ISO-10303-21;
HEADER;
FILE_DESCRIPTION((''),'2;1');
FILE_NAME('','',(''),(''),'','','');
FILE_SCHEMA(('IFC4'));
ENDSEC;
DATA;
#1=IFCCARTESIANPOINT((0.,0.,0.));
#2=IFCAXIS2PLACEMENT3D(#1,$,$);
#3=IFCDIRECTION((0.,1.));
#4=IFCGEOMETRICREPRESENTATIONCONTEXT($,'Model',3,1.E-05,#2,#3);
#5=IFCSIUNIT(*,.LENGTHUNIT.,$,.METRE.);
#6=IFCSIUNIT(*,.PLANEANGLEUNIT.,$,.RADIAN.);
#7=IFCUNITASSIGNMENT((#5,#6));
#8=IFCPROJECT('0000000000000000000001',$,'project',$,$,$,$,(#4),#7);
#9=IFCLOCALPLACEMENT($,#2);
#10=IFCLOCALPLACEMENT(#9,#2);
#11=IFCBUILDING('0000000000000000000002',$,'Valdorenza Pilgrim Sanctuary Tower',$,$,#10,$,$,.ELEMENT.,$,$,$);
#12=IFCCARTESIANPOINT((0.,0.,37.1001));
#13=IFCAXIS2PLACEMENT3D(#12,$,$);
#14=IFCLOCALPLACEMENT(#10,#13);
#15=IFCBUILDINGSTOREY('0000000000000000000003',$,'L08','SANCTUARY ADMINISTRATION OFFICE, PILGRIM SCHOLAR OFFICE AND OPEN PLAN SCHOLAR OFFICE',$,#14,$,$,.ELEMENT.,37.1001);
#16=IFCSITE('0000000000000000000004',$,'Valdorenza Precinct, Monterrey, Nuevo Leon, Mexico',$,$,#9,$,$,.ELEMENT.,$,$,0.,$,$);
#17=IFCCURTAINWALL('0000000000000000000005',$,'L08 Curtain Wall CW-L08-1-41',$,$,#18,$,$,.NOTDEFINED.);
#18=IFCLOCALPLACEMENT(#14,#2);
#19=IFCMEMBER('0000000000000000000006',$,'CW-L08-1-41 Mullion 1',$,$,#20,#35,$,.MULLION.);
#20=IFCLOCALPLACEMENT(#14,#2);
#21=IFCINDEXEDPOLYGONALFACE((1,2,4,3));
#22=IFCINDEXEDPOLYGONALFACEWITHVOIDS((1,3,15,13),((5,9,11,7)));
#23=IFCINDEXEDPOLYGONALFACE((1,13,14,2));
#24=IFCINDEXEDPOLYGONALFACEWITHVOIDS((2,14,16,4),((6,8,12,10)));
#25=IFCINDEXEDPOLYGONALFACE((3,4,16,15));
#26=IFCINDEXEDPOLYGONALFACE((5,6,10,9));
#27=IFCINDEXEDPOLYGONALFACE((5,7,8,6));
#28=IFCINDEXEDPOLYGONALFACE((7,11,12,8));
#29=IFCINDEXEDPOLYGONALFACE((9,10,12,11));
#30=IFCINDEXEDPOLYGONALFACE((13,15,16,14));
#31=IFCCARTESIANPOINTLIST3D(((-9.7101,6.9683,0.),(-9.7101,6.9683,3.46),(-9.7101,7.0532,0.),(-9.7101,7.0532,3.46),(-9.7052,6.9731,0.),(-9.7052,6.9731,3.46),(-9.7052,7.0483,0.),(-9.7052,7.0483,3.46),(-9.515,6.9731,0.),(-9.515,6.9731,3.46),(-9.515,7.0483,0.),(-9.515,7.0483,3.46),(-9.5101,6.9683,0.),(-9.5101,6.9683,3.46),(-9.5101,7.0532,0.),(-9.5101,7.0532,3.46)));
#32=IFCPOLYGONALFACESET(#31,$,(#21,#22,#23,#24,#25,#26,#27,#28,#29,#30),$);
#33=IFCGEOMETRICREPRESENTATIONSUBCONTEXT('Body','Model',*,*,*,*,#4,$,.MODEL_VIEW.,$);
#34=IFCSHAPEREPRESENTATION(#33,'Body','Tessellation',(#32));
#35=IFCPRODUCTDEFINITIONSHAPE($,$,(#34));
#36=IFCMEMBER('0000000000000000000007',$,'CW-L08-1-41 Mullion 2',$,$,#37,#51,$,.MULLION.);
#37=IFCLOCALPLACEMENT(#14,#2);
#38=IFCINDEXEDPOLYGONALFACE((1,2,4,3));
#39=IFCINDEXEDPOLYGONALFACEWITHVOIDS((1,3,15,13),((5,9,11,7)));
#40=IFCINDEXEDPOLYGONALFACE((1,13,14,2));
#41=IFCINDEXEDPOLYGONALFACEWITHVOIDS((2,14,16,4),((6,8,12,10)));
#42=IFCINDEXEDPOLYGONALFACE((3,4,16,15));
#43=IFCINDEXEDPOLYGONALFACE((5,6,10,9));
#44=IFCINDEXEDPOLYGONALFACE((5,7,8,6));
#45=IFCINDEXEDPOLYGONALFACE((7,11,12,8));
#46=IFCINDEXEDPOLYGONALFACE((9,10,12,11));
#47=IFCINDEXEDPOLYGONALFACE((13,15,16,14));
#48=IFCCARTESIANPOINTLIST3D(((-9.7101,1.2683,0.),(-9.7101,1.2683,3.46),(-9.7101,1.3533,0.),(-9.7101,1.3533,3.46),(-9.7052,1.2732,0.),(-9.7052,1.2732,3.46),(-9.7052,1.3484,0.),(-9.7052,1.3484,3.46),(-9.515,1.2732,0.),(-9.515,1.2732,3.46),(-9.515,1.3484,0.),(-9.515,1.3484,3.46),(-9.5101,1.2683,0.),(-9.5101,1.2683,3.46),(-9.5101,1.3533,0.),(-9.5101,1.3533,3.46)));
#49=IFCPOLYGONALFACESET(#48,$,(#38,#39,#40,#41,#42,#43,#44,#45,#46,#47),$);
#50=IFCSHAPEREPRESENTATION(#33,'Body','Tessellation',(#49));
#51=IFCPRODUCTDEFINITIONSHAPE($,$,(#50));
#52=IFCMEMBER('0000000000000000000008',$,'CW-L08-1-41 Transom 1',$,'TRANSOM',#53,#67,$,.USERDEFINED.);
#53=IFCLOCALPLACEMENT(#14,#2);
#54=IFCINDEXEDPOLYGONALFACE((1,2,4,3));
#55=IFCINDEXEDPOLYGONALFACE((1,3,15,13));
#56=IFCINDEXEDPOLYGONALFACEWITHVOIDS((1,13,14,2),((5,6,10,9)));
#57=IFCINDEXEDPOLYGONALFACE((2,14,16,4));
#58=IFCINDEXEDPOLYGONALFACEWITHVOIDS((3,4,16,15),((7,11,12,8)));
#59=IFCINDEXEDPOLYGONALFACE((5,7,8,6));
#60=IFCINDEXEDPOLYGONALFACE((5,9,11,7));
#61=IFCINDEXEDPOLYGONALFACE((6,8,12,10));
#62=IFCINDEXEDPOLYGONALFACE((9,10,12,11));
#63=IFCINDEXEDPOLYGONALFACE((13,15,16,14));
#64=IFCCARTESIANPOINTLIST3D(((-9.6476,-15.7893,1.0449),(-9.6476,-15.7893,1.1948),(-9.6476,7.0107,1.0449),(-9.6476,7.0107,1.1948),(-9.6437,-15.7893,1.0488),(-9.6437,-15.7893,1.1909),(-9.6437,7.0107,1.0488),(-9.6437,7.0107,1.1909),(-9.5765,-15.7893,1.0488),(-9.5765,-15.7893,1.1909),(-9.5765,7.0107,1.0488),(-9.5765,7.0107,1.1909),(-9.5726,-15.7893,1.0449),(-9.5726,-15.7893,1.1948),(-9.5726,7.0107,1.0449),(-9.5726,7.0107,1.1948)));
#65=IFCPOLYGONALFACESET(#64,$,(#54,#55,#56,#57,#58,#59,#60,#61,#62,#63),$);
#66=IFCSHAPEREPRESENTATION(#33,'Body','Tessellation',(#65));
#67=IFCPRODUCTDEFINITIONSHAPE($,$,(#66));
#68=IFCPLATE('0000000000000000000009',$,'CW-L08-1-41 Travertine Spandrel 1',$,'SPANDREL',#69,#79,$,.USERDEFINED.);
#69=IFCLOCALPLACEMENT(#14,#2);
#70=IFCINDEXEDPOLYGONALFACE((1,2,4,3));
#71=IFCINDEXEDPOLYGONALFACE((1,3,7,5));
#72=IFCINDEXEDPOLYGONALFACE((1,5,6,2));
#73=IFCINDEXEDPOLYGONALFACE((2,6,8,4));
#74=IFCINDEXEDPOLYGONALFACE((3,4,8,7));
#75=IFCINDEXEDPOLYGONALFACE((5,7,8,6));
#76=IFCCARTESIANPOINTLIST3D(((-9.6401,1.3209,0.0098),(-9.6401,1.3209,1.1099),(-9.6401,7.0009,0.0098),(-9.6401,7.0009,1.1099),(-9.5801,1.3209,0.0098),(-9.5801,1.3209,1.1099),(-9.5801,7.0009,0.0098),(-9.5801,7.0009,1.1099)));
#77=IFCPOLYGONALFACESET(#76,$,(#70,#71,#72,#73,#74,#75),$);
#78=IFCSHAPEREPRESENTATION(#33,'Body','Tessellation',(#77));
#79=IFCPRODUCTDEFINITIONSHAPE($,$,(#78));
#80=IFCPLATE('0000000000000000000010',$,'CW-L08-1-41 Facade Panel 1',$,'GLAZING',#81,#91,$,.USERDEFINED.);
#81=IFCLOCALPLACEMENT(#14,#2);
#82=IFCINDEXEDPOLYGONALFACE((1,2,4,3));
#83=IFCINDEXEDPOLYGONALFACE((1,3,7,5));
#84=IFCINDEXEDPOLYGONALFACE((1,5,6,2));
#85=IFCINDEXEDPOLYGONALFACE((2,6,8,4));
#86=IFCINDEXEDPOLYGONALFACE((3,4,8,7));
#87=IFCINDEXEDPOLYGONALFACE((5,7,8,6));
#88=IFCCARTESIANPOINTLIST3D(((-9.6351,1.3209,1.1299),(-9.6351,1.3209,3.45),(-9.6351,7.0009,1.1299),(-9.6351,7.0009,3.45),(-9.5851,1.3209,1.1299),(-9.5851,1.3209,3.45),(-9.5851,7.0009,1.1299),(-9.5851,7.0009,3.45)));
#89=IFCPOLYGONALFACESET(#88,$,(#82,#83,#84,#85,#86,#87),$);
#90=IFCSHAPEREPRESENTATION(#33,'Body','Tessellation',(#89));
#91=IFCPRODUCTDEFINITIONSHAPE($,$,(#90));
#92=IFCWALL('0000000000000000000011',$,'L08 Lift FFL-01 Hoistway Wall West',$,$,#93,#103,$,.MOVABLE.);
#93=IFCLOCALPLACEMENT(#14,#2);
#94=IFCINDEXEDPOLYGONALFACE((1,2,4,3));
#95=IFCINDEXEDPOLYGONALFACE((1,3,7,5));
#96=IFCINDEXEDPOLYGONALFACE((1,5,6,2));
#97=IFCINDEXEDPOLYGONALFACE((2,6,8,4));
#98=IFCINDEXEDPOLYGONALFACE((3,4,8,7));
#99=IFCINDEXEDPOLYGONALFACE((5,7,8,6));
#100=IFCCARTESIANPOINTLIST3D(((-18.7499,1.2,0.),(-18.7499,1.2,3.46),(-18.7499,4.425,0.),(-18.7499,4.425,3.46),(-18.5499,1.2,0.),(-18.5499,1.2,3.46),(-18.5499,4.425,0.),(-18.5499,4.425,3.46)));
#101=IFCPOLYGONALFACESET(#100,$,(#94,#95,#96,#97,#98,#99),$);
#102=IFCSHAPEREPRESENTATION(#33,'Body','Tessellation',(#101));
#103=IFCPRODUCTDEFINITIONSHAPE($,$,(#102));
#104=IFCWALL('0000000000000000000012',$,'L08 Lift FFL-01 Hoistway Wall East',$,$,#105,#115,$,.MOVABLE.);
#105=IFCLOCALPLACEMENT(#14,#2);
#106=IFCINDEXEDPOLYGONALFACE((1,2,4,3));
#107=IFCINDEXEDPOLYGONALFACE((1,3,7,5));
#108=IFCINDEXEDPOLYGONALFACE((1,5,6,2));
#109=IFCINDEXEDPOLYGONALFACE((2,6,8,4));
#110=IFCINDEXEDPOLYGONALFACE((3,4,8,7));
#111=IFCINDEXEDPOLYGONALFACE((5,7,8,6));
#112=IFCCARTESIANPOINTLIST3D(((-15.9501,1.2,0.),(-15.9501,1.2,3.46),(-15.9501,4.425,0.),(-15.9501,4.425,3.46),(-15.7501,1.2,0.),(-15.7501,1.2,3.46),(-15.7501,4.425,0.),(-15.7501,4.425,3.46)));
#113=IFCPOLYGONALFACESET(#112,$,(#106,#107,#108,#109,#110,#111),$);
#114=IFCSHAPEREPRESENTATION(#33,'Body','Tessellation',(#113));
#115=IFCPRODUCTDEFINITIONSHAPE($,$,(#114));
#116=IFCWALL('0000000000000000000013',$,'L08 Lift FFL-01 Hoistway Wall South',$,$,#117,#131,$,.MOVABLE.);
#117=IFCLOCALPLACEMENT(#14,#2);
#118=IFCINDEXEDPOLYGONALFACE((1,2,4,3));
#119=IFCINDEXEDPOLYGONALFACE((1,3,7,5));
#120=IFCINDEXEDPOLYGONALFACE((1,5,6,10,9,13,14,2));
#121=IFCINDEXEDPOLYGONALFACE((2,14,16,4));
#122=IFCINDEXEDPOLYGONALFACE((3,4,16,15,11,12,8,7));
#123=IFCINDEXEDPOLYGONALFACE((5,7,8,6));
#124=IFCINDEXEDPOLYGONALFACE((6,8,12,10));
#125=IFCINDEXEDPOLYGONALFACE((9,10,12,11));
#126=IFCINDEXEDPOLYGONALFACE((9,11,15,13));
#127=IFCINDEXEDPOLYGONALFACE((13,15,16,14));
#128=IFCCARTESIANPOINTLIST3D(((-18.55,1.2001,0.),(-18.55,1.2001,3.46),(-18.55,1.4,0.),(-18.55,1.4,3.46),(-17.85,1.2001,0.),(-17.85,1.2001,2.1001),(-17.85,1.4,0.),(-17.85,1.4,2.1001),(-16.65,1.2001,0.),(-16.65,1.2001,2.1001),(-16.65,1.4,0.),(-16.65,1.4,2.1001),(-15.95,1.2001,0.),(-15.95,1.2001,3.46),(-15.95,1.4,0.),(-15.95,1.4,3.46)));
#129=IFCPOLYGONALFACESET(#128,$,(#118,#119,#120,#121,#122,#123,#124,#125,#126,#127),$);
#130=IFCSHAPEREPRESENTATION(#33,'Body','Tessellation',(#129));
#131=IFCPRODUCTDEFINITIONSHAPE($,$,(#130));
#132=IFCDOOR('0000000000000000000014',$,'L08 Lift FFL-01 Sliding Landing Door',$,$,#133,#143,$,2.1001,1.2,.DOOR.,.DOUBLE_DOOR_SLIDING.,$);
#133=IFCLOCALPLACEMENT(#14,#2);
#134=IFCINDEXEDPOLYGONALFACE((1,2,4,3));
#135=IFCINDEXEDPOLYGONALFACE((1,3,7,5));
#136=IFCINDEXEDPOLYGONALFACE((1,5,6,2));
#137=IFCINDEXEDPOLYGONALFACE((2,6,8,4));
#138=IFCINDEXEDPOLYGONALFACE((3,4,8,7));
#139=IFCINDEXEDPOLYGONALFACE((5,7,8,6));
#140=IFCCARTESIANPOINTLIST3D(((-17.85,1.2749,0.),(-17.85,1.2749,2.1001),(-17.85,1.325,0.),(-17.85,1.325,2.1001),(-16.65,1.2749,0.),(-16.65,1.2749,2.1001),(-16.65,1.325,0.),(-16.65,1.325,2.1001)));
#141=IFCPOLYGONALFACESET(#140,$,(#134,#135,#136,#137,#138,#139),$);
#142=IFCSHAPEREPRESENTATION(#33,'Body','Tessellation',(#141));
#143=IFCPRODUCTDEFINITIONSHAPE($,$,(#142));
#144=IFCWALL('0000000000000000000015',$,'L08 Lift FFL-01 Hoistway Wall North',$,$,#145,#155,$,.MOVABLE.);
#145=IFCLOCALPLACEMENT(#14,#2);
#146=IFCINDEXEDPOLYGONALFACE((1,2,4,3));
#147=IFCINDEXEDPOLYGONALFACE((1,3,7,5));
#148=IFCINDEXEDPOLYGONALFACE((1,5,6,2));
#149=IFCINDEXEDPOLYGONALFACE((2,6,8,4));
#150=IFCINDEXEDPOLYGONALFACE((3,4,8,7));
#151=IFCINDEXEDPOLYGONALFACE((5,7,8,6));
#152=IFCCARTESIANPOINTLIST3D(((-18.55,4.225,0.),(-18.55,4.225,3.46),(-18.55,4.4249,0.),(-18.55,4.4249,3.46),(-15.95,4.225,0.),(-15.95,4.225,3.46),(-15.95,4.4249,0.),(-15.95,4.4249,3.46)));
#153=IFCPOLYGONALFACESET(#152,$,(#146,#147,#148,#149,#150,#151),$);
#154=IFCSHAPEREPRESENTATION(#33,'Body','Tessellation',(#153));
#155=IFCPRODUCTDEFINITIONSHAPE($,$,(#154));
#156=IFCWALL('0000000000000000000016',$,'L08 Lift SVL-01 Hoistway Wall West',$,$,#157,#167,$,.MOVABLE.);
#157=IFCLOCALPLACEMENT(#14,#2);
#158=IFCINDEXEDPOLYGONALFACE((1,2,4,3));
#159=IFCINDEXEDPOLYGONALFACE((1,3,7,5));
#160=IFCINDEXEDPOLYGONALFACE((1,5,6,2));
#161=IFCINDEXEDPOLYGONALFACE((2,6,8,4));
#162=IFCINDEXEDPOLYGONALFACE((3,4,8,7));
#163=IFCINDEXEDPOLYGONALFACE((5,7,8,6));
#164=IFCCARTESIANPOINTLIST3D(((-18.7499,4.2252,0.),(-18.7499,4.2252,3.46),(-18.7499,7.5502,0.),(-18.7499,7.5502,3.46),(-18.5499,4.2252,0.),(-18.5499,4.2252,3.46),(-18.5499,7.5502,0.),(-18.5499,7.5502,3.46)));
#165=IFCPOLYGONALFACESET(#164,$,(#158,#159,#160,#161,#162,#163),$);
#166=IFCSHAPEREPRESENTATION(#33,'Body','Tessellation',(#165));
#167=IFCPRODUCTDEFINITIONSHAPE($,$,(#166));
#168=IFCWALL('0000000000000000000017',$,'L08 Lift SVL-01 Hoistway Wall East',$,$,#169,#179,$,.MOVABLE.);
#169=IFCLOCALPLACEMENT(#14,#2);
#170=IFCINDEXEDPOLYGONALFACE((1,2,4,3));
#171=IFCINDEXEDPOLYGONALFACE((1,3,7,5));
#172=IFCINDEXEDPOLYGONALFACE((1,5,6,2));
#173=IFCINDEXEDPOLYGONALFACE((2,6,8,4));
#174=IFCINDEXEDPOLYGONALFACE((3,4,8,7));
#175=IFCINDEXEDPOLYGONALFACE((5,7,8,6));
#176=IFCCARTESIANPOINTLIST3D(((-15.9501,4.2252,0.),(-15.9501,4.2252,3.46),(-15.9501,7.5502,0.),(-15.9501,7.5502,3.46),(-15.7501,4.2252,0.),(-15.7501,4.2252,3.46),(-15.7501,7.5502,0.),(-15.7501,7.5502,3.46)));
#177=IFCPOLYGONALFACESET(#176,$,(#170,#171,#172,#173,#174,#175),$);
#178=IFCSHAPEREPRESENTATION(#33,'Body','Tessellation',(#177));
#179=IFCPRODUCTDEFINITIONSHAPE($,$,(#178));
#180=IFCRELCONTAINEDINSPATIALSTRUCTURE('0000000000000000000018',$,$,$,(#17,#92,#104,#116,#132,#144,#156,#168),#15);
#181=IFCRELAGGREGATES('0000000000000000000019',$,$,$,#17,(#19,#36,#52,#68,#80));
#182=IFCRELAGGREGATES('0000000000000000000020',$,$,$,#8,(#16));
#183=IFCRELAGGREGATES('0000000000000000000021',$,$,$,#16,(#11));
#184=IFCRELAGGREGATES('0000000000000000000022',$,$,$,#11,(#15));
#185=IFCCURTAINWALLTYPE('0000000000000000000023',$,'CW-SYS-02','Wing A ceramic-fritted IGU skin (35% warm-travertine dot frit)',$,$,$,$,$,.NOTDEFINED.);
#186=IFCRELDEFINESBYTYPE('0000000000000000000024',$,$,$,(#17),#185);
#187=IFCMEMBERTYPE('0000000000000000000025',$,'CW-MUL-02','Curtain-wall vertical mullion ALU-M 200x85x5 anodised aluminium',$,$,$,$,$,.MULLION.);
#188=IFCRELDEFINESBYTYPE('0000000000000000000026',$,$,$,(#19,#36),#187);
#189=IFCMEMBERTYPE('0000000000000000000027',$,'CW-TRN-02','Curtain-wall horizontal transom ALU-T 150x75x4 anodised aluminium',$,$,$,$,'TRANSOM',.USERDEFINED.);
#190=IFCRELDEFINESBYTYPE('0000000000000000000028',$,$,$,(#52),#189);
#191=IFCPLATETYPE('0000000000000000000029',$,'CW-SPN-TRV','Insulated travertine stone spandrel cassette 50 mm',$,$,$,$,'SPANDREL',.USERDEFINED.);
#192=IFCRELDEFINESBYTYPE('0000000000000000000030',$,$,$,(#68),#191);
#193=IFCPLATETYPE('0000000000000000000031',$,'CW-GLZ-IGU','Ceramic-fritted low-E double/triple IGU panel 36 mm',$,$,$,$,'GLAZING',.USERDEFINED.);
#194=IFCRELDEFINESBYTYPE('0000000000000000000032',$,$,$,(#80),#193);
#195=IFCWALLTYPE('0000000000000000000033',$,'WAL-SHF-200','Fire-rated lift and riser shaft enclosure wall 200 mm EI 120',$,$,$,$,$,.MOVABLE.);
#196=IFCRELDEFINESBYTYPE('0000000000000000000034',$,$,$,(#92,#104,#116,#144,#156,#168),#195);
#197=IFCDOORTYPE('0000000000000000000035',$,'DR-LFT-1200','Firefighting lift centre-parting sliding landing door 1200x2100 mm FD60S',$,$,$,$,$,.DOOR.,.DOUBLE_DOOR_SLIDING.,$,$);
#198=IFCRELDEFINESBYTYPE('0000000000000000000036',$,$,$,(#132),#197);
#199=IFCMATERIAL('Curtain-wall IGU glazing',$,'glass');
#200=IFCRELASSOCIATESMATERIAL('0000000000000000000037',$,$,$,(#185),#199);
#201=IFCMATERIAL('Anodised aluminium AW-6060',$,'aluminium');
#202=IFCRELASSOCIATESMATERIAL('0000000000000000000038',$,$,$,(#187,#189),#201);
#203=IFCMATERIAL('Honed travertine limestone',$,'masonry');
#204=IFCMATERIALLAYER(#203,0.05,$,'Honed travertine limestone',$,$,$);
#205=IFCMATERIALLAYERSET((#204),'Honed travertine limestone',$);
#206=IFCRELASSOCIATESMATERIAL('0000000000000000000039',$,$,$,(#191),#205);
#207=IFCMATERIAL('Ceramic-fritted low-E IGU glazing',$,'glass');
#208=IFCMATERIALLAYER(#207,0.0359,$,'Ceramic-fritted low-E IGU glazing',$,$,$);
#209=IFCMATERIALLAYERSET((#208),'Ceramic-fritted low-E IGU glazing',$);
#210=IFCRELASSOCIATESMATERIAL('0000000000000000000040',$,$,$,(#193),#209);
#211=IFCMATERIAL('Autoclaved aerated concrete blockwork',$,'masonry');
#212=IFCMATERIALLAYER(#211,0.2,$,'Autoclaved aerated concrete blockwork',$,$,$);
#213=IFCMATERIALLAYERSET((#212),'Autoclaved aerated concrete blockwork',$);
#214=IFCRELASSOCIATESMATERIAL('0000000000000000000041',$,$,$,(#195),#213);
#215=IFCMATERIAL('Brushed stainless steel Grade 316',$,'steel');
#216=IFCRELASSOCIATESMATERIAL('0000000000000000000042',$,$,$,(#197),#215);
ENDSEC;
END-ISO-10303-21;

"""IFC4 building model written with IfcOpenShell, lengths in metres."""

from ifc_helpers import new_model, si_unit, direction, frame, frame_2d, origin, origin_2d, place, context, subcontext, project, spatial, rectangle, hollow_rectangle, extrude, source, transform, mapped, material, layer, layer_set, material_profile, profile_set, type_object, element, fill, aggregate, save


model = new_model("IFC4")

# Units and contexts
model_context = context("Model", 3, precision=1e-05, world=origin(), true_north=direction((0.0, 1.0)))
body_context = subcontext(model_context, "Body", "Model", "MODEL_VIEW")
ifc_project = project(units=[si_unit("LENGTHUNIT", "METRE"), si_unit("PLANEANGLEUNIT", "RADIAN")], contexts=[model_context])

# Site, building, storey
site_placement = place(None, origin())
site = spatial("IfcSite", under=ifc_project, at=site_placement, Name="Valdorenza Precinct, Monterrey, Nuevo Leon, Mexico", CompositionType="ELEMENT", RefElevation=0.0)
building_placement = place(site_placement, origin())
building = spatial("IfcBuilding", under=site, at=building_placement, Name="Valdorenza Pilgrim Sanctuary Tower", CompositionType="ELEMENT")
storey_placement = place(building_placement, frame((0.0, 0.0, 37.1001)))
storey = spatial("IfcBuildingStorey", under=building, at=storey_placement, Name="L08", Description="SANCTUARY ADMINISTRATION OFFICE, PILGRIM SCHOLAR OFFICE AND OPEN PLAN SCHOLAR OFFICE", CompositionType="ELEMENT", Elevation=37.1001)

# Curtain wall, members, plates
ifc_material_1 = material(Name="Curtain-wall IGU glazing", Category="glass")
curtain_wall_type = type_object("IfcCurtainWallType", Name="CW-SYS-02", Description="Wing A ceramic-fritted IGU skin (35% warm-travertine dot frit)", PredefinedType="NOTDEFINED", material=ifc_material_1)
curtain_wall_placement = place(storey_placement, origin())
curtain_wall = element("IfcCurtainWall", 1, at=curtain_wall_placement, inside=storey, type_object=curtain_wall_type, Name="L08 Curtain Wall CW-L08-1-41", PredefinedType="NOTDEFINED")
ifc_material_2 = material(Name="Anodised aluminium AW-6060", Category="aluminium")
ifc_material_profile_1 = material_profile(ifc_material_2, hollow_rectangle(XDim=0.085, YDim=0.2, WallThickness=0.0049, at=origin_2d()), Name="ALU-M 200x85x5")
ifc_profile_set_1 = profile_set([ifc_material_profile_1], Name="Anodised aluminium AW-6060")
member_type_1 = type_object("IfcMemberType", Name="CW-MUL-02", Description="Curtain-wall vertical mullion ALU-M 200x85x5 anodised aluminium", PredefinedType="MULLION", material=ifc_profile_set_1)
shared_shape_1 = source(origin(), body_context, "Body", "SweptSolid", [
    extrude(hollow_rectangle(XDim=0.085, YDim=0.2, WallThickness=0.0049, at=origin_2d()), origin(), (0.0, 0.0, 1.0), 3.46),
])
member_1_placement = place(storey_placement, frame((-9.6101, 7.0107, 0.0), z_axis=(0.0, 0.0, 1.0), x_axis=(0.0, -1.0, 0.0)))
member_1 = element("IfcMember", 2, at=member_1_placement, type_object=member_type_1, Name="CW-L08-1-41 Mullion 1", PredefinedType="MULLION", context=body_context, shape_type="MappedRepresentation", body=[
    mapped(shared_shape_1, transform((0.0, 0.0, 0.0), x_axis=(1.0, 0.0, 0.0), y_axis=(0.0, 1.0, 0.0), z_axis=(0.0, 0.0, 1.0), scale=1.0)),
])
member_2_placement = place(storey_placement, frame((-9.6101, 1.3108, 0.0), z_axis=(0.0, 0.0, 1.0), x_axis=(0.0, -1.0, 0.0)))
member_2 = element("IfcMember", 3, at=member_2_placement, type_object=member_type_1, Name="CW-L08-1-41 Mullion 2", PredefinedType="MULLION", context=body_context, shape_type="MappedRepresentation", body=[
    mapped(shared_shape_1, transform((0.0, 0.0, 0.0), x_axis=(1.0, 0.0, 0.0), y_axis=(0.0, 1.0, 0.0), z_axis=(0.0, 0.0, 1.0), scale=1.0)),
])
ifc_material_profile_2 = material_profile(ifc_material_2, hollow_rectangle(XDim=0.075, YDim=0.1499, WallThickness=0.0039, at=origin_2d()), Name="ALU-T 150x75x4")
ifc_profile_set_2 = profile_set([ifc_material_profile_2], Name="Anodised aluminium AW-6060")
member_type_2 = type_object("IfcMemberType", Name="CW-TRN-02", Description="Curtain-wall horizontal transom ALU-T 150x75x4 anodised aluminium", ElementType="TRANSOM", PredefinedType="USERDEFINED", material=ifc_profile_set_2)
shared_shape_2 = source(origin(), body_context, "Body", "SweptSolid", [
    extrude(hollow_rectangle(XDim=0.075, YDim=0.1499, WallThickness=0.0039, at=origin_2d()), origin(), (0.0, 0.0, 1.0), 22.8),
])
member_3_placement = place(storey_placement, frame((-9.6101, 7.0107, 1.1199), z_axis=(0.0, -1.0, 0.0), x_axis=(1.0, 0.0, 0.0)))
member_3 = element("IfcMember", 4, at=member_3_placement, type_object=member_type_2, Name="CW-L08-1-41 Transom 1", ObjectType="TRANSOM", PredefinedType="USERDEFINED", context=body_context, shape_type="MappedRepresentation", body=[
    mapped(shared_shape_2, transform((0.0, 0.0, 0.0), x_axis=(1.0, 0.0, 0.0), y_axis=(0.0, 1.0, 0.0), z_axis=(0.0, 0.0, 1.0), scale=1.0)),
])
ifc_material_3 = material(Name="Honed travertine limestone", Category="masonry")
ifc_layer_1 = layer(ifc_material_3, 0.05, Name="Honed travertine limestone")
ifc_layer_set_1 = layer_set([ifc_layer_1], Name="Honed travertine limestone")
plate_type_1 = type_object("IfcPlateType", Name="CW-SPN-TRV", Description="Insulated travertine stone spandrel cassette 50 mm", ElementType="SPANDREL", PredefinedType="USERDEFINED", material=ifc_layer_set_1)
shared_shape_3 = source(origin(), body_context, "Body", "SweptSolid", [
    extrude(rectangle(XDim=5.6799, YDim=0.0601, at=origin_2d()), origin(), (0.0, 0.0, 1.0), 1.1001),
])
plate_1_placement = place(storey_placement, frame((-9.6101, 4.1609, 0.0098), z_axis=(0.0, 0.0, 1.0), x_axis=(0.0, -1.0, 0.0)))
plate_1 = element("IfcPlate", 5, at=plate_1_placement, type_object=plate_type_1, Name="CW-L08-1-41 Travertine Spandrel 1", ObjectType="SPANDREL", PredefinedType="USERDEFINED", context=body_context, shape_type="MappedRepresentation", body=[
    mapped(shared_shape_3, transform((0.0, 0.0, 0.0), x_axis=(1.0, 0.0, 0.0), y_axis=(0.0, 1.0, 0.0), z_axis=(0.0, 0.0, 1.0), scale=1.0)),
])
ifc_material_4 = material(Name="Ceramic-fritted low-E IGU glazing", Category="glass")
ifc_layer_2 = layer(ifc_material_4, 0.0359, Name="Ceramic-fritted low-E IGU glazing")
ifc_layer_set_2 = layer_set([ifc_layer_2], Name="Ceramic-fritted low-E IGU glazing")
plate_type_2 = type_object("IfcPlateType", Name="CW-GLZ-IGU", Description="Ceramic-fritted low-E double/triple IGU panel 36 mm", ElementType="GLAZING", PredefinedType="USERDEFINED", material=ifc_layer_set_2)
shared_shape_4 = source(origin(), body_context, "Body", "SweptSolid", [
    extrude(rectangle(XDim=5.6799, YDim=0.05, at=origin_2d()), origin(), (0.0, 0.0, 1.0), 2.3201),
])
plate_2_placement = place(storey_placement, frame((-9.6101, 4.1609, 1.1299), z_axis=(0.0, 0.0, 1.0), x_axis=(0.0, -1.0, 0.0)))
plate_2 = element("IfcPlate", 6, at=plate_2_placement, type_object=plate_type_2, Name="CW-L08-1-41 Facade Panel 1", ObjectType="GLAZING", PredefinedType="USERDEFINED", context=body_context, shape_type="MappedRepresentation", body=[
    mapped(shared_shape_4, transform((0.0, 0.0, 0.0), x_axis=(1.0, 0.0, 0.0), y_axis=(0.0, 1.0, 0.0), z_axis=(0.0, 0.0, 1.0), scale=1.0)),
])
aggregate(curtain_wall, [member_1, member_2, member_3, plate_1, plate_2])

# Walls
ifc_material_5 = material(Name="Autoclaved aerated concrete blockwork", Category="masonry")
ifc_layer_3 = layer(ifc_material_5, 0.2, Name="Autoclaved aerated concrete blockwork")
ifc_layer_set_3 = layer_set([ifc_layer_3], Name="Autoclaved aerated concrete blockwork")
wall_type_1 = type_object("IfcWallType", Name="WAL-SHF-200", Description="Fire-rated lift and riser shaft enclosure wall 200 mm EI 120", PredefinedType="MOVABLE", material=ifc_layer_set_3)
for number, where, z_axis, x_axis, name in (
    (7, (-18.6499, 1.2, 0.0), (0.0, 0.0, 1.0), (0.0, 1.0, 0.0), "L08 Lift FFL-01 Hoistway Wall West"),
    (8, (-15.8501, 1.2, 0.0), (0.0, 0.0, 1.0), (0.0, 1.0, 0.0), "L08 Lift FFL-01 Hoistway Wall East"),
):
    element("IfcWall", number, at=place(storey_placement, frame(where, z_axis=z_axis, x_axis=x_axis)), inside=storey, type_object=wall_type_1, Name=name, PredefinedType="MOVABLE", context=body_context, shape_type="SweptSolid", body=[
        extrude(rectangle(XDim=3.2251, YDim=0.2, at=frame_2d((1.6125, 0.0))), origin(), (0.0, 0.0, 1.0), 3.46),
    ])

# Wall, opening, door
wall_1_placement = place(storey_placement, frame((-18.55, 1.3, 0.0), z_axis=(0.0, 0.0, 1.0), x_axis=(1.0, 0.0, 0.0)))
wall_1 = element("IfcWall", 9, at=wall_1_placement, inside=storey, type_object=wall_type_1, Name="L08 Lift FFL-01 Hoistway Wall South", PredefinedType="MOVABLE", context=body_context, shape_type="SweptSolid", body=[
    extrude(rectangle(XDim=2.6001, YDim=0.2, at=frame_2d((1.3, 0.0))), origin(), (0.0, 0.0, 1.0), 3.46),
])
opening_1_placement = place(wall_1_placement, frame((0.7, 0.0, 0.0)))
opening_1 = element("IfcOpeningElement", 10, at=opening_1_placement, cuts=wall_1, PredefinedType="OPENING", context=body_context, shape_type="SweptSolid", body=[
    extrude(rectangle(XDim=1.2, YDim=2.1001, at=frame_2d((0.6001, 1.05))), frame((0.0, 0.1147, 0.0), z_axis=(0.0, -1.0, 0.0), x_axis=(1.0, 0.0, 0.0)), (0.0, 0.0, 1.0), 0.2297),
])
ifc_material_6 = material(Name="Brushed stainless steel Grade 316", Category="steel")
door_type_1 = type_object("IfcDoorType", Name="DR-LFT-1200", Description="Firefighting lift centre-parting sliding landing door 1200x2100 mm FD60S", OperationType="DOUBLE_DOOR_SLIDING", PredefinedType="DOOR", material=ifc_material_6)
door_1_placement = place(opening_1_placement, origin())
door_1 = element("IfcDoor", 11, at=door_1_placement, inside=storey, type_object=door_type_1, Name="L08 Lift FFL-01 Sliding Landing Door", OperationType="DOUBLE_DOOR_SLIDING", OverallHeight=2.1001, OverallWidth=1.2, PredefinedType="DOOR", context=body_context, shape_type="SweptSolid", body=[
    extrude(rectangle(XDim=1.2, YDim=2.1001, at=frame_2d((0.6001, 1.05))), frame((0.0, 0.0249, 0.0), z_axis=(0.0, -1.0, 0.0), x_axis=(1.0, 0.0, 0.0)), (0.0, 0.0, 1.0), 0.05),
])
fill(opening_1, door_1)

# Walls
wall_2_placement = place(storey_placement, frame((-18.55, 4.325, 0.0), z_axis=(0.0, 0.0, 1.0), x_axis=(1.0, 0.0, 0.0)))
element("IfcWall", 12, at=wall_2_placement, inside=storey, type_object=wall_type_1, Name="L08 Lift FFL-01 Hoistway Wall North", PredefinedType="MOVABLE", context=body_context, shape_type="SweptSolid", body=[
    extrude(rectangle(XDim=2.6001, YDim=0.2, at=frame_2d((1.3, 0.0))), origin(), (0.0, 0.0, 1.0), 3.46),
])
for number, where, z_axis, x_axis, name in (
    (13, (-18.6499, 4.2251, 0.0), (0.0, 0.0, 1.0), (0.0, 1.0, 0.0), "L08 Lift SVL-01 Hoistway Wall West"),
    (14, (-15.8501, 4.2251, 0.0), (0.0, 0.0, 1.0), (0.0, 1.0, 0.0), "L08 Lift SVL-01 Hoistway Wall East"),
):
    element("IfcWall", number, at=place(storey_placement, frame(where, z_axis=z_axis, x_axis=x_axis)), inside=storey, type_object=wall_type_1, Name=name, PredefinedType="MOVABLE", context=body_context, shape_type="SweptSolid", body=[
        extrude(rectangle(XDim=3.325, YDim=0.2, at=frame_2d((1.6626, 0.0))), origin(), (0.0, 0.0, 1.0), 3.46),
    ])

save(model, "model.ifc")
